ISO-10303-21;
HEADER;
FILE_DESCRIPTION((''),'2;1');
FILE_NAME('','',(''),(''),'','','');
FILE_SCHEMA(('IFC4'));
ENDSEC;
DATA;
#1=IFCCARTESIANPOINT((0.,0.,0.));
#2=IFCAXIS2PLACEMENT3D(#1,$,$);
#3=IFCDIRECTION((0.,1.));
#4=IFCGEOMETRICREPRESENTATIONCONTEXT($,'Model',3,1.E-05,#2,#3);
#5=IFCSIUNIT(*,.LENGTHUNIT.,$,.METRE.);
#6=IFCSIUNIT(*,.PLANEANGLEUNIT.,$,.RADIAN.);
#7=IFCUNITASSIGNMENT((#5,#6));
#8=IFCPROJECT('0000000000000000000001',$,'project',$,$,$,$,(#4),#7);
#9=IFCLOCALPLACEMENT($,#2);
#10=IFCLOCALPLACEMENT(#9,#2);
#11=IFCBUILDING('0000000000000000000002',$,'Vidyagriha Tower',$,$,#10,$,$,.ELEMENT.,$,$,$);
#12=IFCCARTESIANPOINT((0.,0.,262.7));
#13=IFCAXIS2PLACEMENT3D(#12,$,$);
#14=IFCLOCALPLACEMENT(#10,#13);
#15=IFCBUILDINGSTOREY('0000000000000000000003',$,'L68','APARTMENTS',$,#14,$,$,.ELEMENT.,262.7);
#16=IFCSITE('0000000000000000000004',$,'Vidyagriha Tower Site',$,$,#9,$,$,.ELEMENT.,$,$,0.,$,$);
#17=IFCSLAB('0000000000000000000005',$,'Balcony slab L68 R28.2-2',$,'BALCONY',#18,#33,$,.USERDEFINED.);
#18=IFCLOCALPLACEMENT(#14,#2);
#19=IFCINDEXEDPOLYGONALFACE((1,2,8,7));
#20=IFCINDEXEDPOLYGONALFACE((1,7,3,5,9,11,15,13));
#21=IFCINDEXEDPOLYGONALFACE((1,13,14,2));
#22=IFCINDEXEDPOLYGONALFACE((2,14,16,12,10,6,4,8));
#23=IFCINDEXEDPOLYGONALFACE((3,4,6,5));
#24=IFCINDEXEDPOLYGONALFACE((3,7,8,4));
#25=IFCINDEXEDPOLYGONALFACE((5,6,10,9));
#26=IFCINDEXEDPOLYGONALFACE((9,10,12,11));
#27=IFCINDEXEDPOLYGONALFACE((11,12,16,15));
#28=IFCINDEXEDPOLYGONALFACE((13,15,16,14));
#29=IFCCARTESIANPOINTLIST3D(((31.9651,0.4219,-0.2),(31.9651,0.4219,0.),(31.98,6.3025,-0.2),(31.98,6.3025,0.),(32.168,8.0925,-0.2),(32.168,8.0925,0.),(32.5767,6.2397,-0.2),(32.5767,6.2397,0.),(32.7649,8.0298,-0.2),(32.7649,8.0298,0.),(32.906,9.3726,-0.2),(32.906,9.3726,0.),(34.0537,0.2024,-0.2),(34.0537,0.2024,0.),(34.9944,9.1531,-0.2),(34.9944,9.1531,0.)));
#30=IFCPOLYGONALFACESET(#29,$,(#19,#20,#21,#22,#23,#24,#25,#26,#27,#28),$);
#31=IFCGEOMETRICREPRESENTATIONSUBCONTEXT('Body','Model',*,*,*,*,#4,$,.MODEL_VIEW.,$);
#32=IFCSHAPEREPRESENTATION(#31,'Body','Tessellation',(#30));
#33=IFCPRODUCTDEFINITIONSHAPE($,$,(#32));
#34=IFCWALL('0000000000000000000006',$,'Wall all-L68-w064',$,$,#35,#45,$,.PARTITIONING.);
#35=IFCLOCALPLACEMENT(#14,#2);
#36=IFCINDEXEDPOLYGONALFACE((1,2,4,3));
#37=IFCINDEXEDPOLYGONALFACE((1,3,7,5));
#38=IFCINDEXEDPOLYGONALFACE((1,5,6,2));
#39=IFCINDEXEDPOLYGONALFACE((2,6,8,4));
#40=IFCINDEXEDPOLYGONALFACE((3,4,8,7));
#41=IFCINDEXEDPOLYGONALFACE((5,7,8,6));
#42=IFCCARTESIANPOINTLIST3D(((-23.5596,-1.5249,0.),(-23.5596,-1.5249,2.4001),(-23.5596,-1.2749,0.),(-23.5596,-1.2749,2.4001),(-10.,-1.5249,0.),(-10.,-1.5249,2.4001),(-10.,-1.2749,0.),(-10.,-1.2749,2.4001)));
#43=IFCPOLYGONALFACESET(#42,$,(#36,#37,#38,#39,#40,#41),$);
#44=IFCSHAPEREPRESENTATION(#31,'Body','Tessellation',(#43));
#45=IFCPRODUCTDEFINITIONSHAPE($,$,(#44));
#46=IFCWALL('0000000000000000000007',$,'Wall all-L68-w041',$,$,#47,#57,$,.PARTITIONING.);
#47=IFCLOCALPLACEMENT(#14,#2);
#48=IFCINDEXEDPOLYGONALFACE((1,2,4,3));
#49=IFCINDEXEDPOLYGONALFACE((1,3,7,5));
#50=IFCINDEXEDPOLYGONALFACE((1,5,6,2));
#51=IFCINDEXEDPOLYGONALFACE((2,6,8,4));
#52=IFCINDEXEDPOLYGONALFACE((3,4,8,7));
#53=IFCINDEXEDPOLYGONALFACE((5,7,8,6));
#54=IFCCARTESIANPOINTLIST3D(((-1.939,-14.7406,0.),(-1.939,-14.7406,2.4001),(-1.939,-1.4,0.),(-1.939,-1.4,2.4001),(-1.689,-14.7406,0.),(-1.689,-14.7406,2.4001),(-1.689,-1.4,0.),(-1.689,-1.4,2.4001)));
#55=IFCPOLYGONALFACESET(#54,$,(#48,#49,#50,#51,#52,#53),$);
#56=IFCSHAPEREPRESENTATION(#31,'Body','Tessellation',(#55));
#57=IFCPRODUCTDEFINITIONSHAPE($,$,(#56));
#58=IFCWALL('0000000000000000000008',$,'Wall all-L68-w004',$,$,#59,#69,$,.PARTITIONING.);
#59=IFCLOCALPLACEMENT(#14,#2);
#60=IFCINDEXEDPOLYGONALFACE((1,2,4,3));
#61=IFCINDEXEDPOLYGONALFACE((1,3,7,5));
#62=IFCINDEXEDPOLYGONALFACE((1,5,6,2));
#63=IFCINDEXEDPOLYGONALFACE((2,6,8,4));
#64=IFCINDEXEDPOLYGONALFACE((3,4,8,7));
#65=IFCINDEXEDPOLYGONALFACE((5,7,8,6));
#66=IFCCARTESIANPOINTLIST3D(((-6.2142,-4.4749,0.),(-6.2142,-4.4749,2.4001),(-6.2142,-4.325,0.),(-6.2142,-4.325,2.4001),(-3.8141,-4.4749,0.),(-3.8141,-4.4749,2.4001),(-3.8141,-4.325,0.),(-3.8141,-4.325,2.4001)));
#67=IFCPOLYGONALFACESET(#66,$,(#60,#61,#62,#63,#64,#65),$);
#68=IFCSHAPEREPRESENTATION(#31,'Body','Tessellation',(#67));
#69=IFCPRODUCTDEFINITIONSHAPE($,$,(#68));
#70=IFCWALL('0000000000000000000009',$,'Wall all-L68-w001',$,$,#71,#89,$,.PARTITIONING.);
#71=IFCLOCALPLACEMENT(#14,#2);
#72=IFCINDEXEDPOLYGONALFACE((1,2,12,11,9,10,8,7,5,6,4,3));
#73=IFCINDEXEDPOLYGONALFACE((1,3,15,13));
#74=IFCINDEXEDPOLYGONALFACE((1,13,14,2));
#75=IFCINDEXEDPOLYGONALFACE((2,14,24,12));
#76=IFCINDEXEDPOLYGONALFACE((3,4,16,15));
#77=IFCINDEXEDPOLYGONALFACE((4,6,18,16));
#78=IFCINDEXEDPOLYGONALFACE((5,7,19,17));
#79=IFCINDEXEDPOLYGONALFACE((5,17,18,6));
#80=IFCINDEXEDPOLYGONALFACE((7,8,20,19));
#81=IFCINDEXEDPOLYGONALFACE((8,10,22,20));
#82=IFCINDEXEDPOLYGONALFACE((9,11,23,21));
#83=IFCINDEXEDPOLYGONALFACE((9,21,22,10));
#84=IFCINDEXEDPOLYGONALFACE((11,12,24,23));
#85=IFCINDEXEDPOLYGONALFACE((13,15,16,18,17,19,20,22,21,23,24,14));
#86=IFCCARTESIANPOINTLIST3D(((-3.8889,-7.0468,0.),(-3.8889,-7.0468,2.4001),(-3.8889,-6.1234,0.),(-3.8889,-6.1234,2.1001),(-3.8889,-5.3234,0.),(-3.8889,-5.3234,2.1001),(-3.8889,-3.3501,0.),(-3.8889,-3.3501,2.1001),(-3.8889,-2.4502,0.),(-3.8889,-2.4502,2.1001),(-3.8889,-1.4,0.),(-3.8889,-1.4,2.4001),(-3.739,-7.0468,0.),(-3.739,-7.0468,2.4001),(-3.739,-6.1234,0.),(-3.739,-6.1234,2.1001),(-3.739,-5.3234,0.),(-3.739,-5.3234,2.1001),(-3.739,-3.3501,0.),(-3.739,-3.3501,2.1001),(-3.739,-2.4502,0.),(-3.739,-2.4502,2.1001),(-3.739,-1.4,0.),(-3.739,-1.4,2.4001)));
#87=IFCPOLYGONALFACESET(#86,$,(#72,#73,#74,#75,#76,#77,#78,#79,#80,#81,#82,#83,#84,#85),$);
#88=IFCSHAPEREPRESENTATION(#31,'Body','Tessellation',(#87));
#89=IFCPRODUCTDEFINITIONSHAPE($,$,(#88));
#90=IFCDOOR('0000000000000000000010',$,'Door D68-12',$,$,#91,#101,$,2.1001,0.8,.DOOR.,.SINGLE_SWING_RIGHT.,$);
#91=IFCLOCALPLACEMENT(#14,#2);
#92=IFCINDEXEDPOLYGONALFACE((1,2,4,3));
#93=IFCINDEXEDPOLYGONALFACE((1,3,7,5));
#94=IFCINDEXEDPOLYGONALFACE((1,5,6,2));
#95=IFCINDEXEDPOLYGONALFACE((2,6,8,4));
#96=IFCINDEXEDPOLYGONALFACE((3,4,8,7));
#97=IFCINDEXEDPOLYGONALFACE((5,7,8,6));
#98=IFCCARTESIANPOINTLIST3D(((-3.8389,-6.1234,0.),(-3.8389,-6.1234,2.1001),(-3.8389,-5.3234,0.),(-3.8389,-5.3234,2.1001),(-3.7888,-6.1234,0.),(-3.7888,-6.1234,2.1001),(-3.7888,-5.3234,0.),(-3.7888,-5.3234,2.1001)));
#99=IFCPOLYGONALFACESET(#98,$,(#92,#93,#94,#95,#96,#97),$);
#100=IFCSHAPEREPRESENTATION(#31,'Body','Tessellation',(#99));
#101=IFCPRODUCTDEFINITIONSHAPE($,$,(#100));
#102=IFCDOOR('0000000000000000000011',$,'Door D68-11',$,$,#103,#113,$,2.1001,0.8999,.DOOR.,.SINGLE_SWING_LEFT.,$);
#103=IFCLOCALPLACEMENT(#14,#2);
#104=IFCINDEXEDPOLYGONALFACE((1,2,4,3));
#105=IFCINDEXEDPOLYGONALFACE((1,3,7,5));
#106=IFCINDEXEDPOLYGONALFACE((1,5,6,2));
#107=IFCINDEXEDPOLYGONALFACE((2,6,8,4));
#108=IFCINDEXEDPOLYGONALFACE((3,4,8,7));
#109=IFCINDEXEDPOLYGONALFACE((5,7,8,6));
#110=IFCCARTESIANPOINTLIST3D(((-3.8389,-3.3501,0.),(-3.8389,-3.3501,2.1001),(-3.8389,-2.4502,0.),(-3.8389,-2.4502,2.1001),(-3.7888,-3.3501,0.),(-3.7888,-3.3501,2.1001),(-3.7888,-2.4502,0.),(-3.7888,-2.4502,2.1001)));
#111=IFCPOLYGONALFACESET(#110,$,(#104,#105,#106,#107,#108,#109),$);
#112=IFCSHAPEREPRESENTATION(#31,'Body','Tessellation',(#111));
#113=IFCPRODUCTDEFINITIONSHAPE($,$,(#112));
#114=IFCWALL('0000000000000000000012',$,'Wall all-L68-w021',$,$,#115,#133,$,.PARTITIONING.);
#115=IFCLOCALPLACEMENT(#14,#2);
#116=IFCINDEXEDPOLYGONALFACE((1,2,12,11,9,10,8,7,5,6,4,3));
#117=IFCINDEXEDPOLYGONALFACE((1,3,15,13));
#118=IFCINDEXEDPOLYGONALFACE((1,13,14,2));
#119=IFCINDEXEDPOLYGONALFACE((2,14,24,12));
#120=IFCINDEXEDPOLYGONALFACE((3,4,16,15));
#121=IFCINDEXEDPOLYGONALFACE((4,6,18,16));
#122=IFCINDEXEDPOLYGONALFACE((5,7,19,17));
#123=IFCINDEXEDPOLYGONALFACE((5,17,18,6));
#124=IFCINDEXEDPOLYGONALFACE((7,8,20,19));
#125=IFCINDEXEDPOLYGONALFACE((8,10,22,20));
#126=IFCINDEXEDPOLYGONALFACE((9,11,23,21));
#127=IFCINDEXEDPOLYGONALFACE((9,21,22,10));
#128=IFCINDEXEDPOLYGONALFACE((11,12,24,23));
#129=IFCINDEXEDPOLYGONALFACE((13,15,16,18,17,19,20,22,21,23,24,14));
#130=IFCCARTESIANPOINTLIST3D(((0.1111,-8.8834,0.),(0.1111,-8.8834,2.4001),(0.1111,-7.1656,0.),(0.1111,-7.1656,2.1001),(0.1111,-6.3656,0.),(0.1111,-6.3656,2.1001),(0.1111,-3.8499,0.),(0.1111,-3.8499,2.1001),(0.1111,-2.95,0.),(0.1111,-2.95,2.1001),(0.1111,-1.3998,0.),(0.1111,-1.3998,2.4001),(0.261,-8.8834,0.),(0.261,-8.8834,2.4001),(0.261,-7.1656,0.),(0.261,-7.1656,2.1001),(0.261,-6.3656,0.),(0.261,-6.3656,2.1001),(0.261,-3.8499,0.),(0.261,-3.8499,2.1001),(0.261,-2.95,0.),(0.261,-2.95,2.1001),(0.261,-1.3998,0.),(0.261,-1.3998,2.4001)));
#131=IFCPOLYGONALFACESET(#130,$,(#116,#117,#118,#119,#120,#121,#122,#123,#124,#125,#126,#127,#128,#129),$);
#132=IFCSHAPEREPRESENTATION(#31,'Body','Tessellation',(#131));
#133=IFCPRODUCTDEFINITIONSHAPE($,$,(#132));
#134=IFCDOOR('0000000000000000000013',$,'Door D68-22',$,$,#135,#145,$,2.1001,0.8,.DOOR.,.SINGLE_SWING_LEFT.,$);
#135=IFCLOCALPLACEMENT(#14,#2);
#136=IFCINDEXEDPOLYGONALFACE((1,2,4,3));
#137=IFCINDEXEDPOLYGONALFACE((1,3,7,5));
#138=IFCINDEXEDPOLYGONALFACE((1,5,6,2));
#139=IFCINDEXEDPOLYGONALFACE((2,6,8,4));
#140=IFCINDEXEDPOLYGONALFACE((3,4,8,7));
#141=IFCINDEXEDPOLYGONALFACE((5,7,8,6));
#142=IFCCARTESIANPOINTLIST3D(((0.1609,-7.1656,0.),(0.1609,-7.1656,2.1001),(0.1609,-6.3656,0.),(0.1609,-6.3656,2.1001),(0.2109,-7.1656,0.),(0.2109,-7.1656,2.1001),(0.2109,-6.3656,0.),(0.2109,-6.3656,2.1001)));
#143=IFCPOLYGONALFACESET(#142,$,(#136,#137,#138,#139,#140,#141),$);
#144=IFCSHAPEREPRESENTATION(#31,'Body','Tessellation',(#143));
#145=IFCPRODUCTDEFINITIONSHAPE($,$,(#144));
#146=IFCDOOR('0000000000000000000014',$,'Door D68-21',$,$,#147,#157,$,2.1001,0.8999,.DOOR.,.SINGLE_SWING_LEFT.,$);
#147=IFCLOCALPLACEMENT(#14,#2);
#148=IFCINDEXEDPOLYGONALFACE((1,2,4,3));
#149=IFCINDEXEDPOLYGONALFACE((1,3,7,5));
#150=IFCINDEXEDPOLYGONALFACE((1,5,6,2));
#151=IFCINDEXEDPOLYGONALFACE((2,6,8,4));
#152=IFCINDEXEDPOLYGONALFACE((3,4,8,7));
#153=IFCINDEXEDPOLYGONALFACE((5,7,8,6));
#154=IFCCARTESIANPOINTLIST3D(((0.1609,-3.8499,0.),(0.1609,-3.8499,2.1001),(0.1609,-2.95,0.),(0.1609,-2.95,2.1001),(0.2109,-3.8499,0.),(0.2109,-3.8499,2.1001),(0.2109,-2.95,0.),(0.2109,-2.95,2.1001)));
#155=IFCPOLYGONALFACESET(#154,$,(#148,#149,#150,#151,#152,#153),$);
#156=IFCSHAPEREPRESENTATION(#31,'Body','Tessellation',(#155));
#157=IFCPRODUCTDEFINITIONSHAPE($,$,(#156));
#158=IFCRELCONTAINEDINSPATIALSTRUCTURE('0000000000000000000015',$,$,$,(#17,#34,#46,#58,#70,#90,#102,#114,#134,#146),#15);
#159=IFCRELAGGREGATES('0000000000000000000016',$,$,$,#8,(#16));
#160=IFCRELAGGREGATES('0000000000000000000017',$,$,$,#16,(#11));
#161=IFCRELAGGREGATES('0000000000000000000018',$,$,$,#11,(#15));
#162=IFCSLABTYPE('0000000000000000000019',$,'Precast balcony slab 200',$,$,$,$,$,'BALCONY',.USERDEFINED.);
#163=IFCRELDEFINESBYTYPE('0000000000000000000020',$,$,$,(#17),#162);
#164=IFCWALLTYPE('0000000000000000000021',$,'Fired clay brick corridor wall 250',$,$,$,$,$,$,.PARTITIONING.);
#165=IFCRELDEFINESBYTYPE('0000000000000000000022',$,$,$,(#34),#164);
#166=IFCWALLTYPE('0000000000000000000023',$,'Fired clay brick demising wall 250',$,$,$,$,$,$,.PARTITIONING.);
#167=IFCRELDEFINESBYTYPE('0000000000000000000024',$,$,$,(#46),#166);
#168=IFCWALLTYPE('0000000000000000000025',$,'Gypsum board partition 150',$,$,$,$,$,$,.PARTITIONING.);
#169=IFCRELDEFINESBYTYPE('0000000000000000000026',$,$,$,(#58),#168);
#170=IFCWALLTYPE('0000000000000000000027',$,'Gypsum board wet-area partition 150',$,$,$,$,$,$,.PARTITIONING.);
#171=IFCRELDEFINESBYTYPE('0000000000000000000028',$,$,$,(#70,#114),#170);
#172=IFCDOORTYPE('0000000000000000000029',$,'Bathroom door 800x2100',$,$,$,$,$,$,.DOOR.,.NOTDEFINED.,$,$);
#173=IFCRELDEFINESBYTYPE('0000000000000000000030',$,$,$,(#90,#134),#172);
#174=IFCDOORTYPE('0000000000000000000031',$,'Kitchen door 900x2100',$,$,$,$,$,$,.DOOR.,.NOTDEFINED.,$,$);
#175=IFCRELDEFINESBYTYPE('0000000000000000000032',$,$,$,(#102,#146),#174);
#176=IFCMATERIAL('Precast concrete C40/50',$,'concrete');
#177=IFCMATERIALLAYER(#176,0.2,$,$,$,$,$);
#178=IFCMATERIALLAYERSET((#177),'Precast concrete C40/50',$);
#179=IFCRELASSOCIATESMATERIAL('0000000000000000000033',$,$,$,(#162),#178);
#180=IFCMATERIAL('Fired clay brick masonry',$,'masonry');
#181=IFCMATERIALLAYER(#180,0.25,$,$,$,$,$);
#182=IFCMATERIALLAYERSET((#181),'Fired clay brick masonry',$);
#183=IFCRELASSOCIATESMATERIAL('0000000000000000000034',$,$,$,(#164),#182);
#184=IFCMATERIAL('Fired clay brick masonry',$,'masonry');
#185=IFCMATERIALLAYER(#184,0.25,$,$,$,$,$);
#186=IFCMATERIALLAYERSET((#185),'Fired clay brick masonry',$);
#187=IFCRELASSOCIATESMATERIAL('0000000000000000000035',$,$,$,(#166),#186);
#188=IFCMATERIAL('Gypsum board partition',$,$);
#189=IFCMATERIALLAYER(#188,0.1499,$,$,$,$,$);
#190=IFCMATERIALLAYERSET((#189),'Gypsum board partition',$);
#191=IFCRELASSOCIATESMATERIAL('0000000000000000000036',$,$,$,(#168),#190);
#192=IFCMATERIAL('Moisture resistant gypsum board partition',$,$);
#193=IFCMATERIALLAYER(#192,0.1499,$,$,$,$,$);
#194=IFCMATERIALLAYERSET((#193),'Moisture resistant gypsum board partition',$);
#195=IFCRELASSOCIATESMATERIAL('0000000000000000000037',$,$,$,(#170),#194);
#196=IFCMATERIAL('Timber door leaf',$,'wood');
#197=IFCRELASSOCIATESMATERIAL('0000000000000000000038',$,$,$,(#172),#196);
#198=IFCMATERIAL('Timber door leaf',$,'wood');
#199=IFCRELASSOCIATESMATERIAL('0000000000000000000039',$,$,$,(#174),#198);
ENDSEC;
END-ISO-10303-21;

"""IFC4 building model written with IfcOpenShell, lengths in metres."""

from ifc_helpers import new_model, si_unit, direction, frame, frame_2d, origin, place, context, subcontext, project, spatial, polyline, rectangle, outline, extrude, material, layer, layer_set, type_object, element, fill, save


model = new_model("IFC4")

# Units and contexts
model_context = context("Model", 3, precision=1e-05, world=origin(), true_north=direction((0.0, 1.0)))
body_context = subcontext(model_context, "Body", "Model", "MODEL_VIEW")
ifc_project = project(units=[si_unit("LENGTHUNIT", "METRE"), si_unit("PLANEANGLEUNIT", "RADIAN")], contexts=[model_context])

# Site, building, storey
site_placement = place(None, origin())
site = spatial("IfcSite", under=ifc_project, at=site_placement, Name="Vidyagriha Tower Site", CompositionType="ELEMENT", RefElevation=0.0)
building_placement = place(site_placement, origin())
building = spatial("IfcBuilding", under=site, at=building_placement, Name="Vidyagriha Tower", CompositionType="ELEMENT")
storey_placement = place(building_placement, frame((0.0, 0.0, 262.7)))
storey = spatial("IfcBuildingStorey", under=building, at=storey_placement, Name="L68", Description="APARTMENTS", CompositionType="ELEMENT", Elevation=262.7)

# Slab
ifc_material_1 = material(Name="Precast concrete C40/50", Category="concrete")
ifc_layer_1 = layer(ifc_material_1, 0.2)
ifc_layer_set_1 = layer_set([ifc_layer_1], Name="Precast concrete C40/50")
slab_type_1 = type_object("IfcSlabType", Name="Precast balcony slab 200", ElementType="BALCONY", PredefinedType="USERDEFINED", material=ifc_layer_set_1)
slab_1_placement = place(storey_placement, frame((0.0, 0.0, -0.2)))
element("IfcSlab", 1, at=slab_1_placement, inside=storey, type_object=slab_type_1, Name="Balcony slab L68 R28.2-2", ObjectType="BALCONY", PredefinedType="USERDEFINED", context=body_context, shape_type="SweptSolid", body=[
    extrude(outline(polyline([(32.5767, 6.2397), (31.9651, 0.4219), (34.0537, 0.2024), (34.9944, 9.1531), (32.906, 9.3726), (32.7649, 8.0298), (32.168, 8.0925), (31.98, 6.3025), (32.5767, 6.2397)])), origin(), (0.0, 0.0, 1.0), 0.2),
])

# Walls
ifc_material_2 = material(Name="Fired clay brick masonry", Category="masonry")
ifc_layer_2 = layer(ifc_material_2, 0.25)
ifc_layer_set_2 = layer_set([ifc_layer_2], Name="Fired clay brick masonry")
wall_type_1 = type_object("IfcWallType", Name="Fired clay brick corridor wall 250", PredefinedType="PARTITIONING", material=ifc_layer_set_2)
wall_1_placement = place(storey_placement, frame((-10.0, -1.3999, 0.0), z_axis=(0.0, 0.0, 1.0), x_axis=(-1.0, 0.0, 0.0)))
element("IfcWall", 2, at=wall_1_placement, inside=storey, type_object=wall_type_1, Name="Wall all-L68-w064", PredefinedType="PARTITIONING", context=body_context, shape_type="SweptSolid", body=[
    extrude(rectangle(XDim=13.5596, YDim=0.25, at=frame_2d((6.7798, 0.0))), origin(), (0.0, 0.0, 1.0), 2.4001),
])
ifc_material_3 = material(Name="Fired clay brick masonry", Category="masonry")
ifc_layer_3 = layer(ifc_material_3, 0.25)
ifc_layer_set_3 = layer_set([ifc_layer_3], Name="Fired clay brick masonry")
wall_type_2 = type_object("IfcWallType", Name="Fired clay brick demising wall 250", PredefinedType="PARTITIONING", material=ifc_layer_set_3)
wall_2_placement = place(storey_placement, frame((-1.814, -1.3999, 0.0), z_axis=(0.0, 0.0, 1.0), x_axis=(0.0, -1.0, 0.0)))
element("IfcWall", 3, at=wall_2_placement, inside=storey, type_object=wall_type_2, Name="Wall all-L68-w041", PredefinedType="PARTITIONING", context=body_context, shape_type="SweptSolid", body=[
    extrude(rectangle(XDim=13.3406, YDim=0.25, at=frame_2d((6.6704, 0.0))), origin(), (0.0, 0.0, 1.0), 2.4001),
])
ifc_material_4 = material(Name="Gypsum board partition")
ifc_layer_4 = layer(ifc_material_4, 0.1499)
ifc_layer_set_4 = layer_set([ifc_layer_4], Name="Gypsum board partition")
wall_type_3 = type_object("IfcWallType", Name="Gypsum board partition 150", PredefinedType="PARTITIONING", material=ifc_layer_set_4)
wall_3_placement = place(storey_placement, frame((-3.814, -4.3999, 0.0), z_axis=(0.0, 0.0, 1.0), x_axis=(-1.0, 0.0, 0.0)))
element("IfcWall", 4, at=wall_3_placement, inside=storey, type_object=wall_type_3, Name="Wall all-L68-w004", PredefinedType="PARTITIONING", context=body_context, shape_type="SweptSolid", body=[
    extrude(rectangle(XDim=2.4001, YDim=0.1499, at=frame_2d((1.2002, 0.0))), origin(), (0.0, 0.0, 1.0), 2.4001),
])

# Walls, openings, doors
ifc_material_5 = material(Name="Moisture resistant gypsum board partition")
ifc_layer_5 = layer(ifc_material_5, 0.1499)
ifc_layer_set_5 = layer_set([ifc_layer_5], Name="Moisture resistant gypsum board partition")
wall_type_4 = type_object("IfcWallType", Name="Gypsum board wet-area partition 150", PredefinedType="PARTITIONING", material=ifc_layer_set_5)
wall_4_placement = place(storey_placement, frame((-3.814, -7.0466, 0.0), z_axis=(0.0, 0.0, 1.0), x_axis=(0.0, 1.0, 0.0)))
wall_4 = element("IfcWall", 5, at=wall_4_placement, inside=storey, type_object=wall_type_4, Name="Wall all-L68-w001", PredefinedType="PARTITIONING", context=body_context, shape_type="SweptSolid", body=[
    extrude(rectangle(XDim=5.6467, YDim=0.1499, at=frame_2d((2.8232, 0.0))), origin(), (0.0, 0.0, 1.0), 2.4001),
])
opening_1_placement = place(wall_4_placement, frame((3.6965, 0.0, 0.0)))
opening_1 = element("IfcOpeningElement", 6, at=opening_1_placement, cuts=wall_4, PredefinedType="OPENING", context=body_context, shape_type="SweptSolid", body=[
    extrude(rectangle(XDim=0.8999, YDim=2.1001, at=frame_2d((0.45, 1.05))), frame((0.0, 0.085, 0.0), z_axis=(0.0, -1.0, 0.0), x_axis=(1.0, 0.0, 0.0)), (0.0, 0.0, 1.0), 0.1699),
])
opening_2_placement = place(wall_4_placement, frame((0.9233, 0.0, 0.0)))
opening_2 = element("IfcOpeningElement", 7, at=opening_2_placement, cuts=wall_4, PredefinedType="OPENING", context=body_context, shape_type="SweptSolid", body=[
    extrude(rectangle(XDim=0.8, YDim=2.1001, at=frame_2d((0.3999, 1.05))), frame((0.0, 0.085, 0.0), z_axis=(0.0, -1.0, 0.0), x_axis=(1.0, 0.0, 0.0)), (0.0, 0.0, 1.0), 0.1699),
])
ifc_material_6 = material(Name="Timber door leaf", Category="wood")
door_type_1 = type_object("IfcDoorType", Name="Bathroom door 800x2100", OperationType="NOTDEFINED", PredefinedType="DOOR", material=ifc_material_6)
door_1_placement = place(opening_2_placement, origin())
door_1 = element("IfcDoor", 8, at=door_1_placement, inside=storey, type_object=door_type_1, Name="Door D68-12", OperationType="SINGLE_SWING_RIGHT", OverallHeight=2.1001, OverallWidth=0.8, PredefinedType="DOOR", context=body_context, shape_type="SweptSolid", body=[
    extrude(rectangle(XDim=0.8, YDim=2.1001, at=frame_2d((0.3999, 1.05))), frame((0.0, 0.0249, 0.0), z_axis=(0.0, -1.0, 0.0), x_axis=(1.0, 0.0, 0.0)), (0.0, 0.0, 1.0), 0.05),
])
fill(opening_2, door_1)
ifc_material_7 = material(Name="Timber door leaf", Category="wood")
door_type_2 = type_object("IfcDoorType", Name="Kitchen door 900x2100", OperationType="NOTDEFINED", PredefinedType="DOOR", material=ifc_material_7)
door_2_placement = place(opening_1_placement, origin())
door_2 = element("IfcDoor", 9, at=door_2_placement, inside=storey, type_object=door_type_2, Name="Door D68-11", OperationType="SINGLE_SWING_LEFT", OverallHeight=2.1001, OverallWidth=0.8999, PredefinedType="DOOR", context=body_context, shape_type="SweptSolid", body=[
    extrude(rectangle(XDim=0.8999, YDim=2.1001, at=frame_2d((0.45, 1.05))), frame((0.0, 0.0249, 0.0), z_axis=(0.0, -1.0, 0.0), x_axis=(1.0, 0.0, 0.0)), (0.0, 0.0, 1.0), 0.05),
])
fill(opening_1, door_2)
wall_5_placement = place(storey_placement, frame((0.186, -1.3999, 0.0), z_axis=(0.0, 0.0, 1.0), x_axis=(0.0, -1.0, 0.0)))
wall_5 = element("IfcWall", 10, at=wall_5_placement, inside=storey, type_object=wall_type_4, Name="Wall all-L68-w021", PredefinedType="PARTITIONING", context=body_context, shape_type="SweptSolid", body=[
    extrude(rectangle(XDim=7.4836, YDim=0.1499, at=frame_2d((3.7417, 0.0))), origin(), (0.0, 0.0, 1.0), 2.4001),
])
opening_3_placement = place(wall_5_placement, frame((1.55, 0.0, 0.0)))
opening_3 = element("IfcOpeningElement", 11, at=opening_3_placement, cuts=wall_5, PredefinedType="OPENING", context=body_context, shape_type="SweptSolid", body=[
    extrude(rectangle(XDim=0.8999, YDim=2.1001, at=frame_2d((0.45, 1.05))), frame((0.0, 0.085, 0.0), z_axis=(0.0, -1.0, 0.0), x_axis=(1.0, 0.0, 0.0)), (0.0, 0.0, 1.0), 0.1699),
])
opening_4_placement = place(wall_5_placement, frame((4.9658, 0.0, 0.0)))
opening_4 = element("IfcOpeningElement", 12, at=opening_4_placement, cuts=wall_5, PredefinedType="OPENING", context=body_context, shape_type="SweptSolid", body=[
    extrude(rectangle(XDim=0.8, YDim=2.1001, at=frame_2d((0.3999, 1.05))), frame((0.0, 0.085, 0.0), z_axis=(0.0, -1.0, 0.0), x_axis=(1.0, 0.0, 0.0)), (0.0, 0.0, 1.0), 0.1699),
])
door_3_placement = place(opening_4_placement, origin())
door_3 = element("IfcDoor", 13, at=door_3_placement, inside=storey, type_object=door_type_1, Name="Door D68-22", OperationType="SINGLE_SWING_LEFT", OverallHeight=2.1001, OverallWidth=0.8, PredefinedType="DOOR", context=body_context, shape_type="SweptSolid", body=[
    extrude(rectangle(XDim=0.8, YDim=2.1001, at=frame_2d((0.3999, 1.05))), frame((0.0, 0.0249, 0.0), z_axis=(0.0, -1.0, 0.0), x_axis=(1.0, 0.0, 0.0)), (0.0, 0.0, 1.0), 0.05),
])
fill(opening_4, door_3)
door_4_placement = place(opening_3_placement, origin())
door_4 = element("IfcDoor", 14, at=door_4_placement, inside=storey, type_object=door_type_2, Name="Door D68-21", OperationType="SINGLE_SWING_LEFT", OverallHeight=2.1001, OverallWidth=0.8999, PredefinedType="DOOR", context=body_context, shape_type="SweptSolid", body=[
    extrude(rectangle(XDim=0.8999, YDim=2.1001, at=frame_2d((0.45, 1.05))), frame((0.0, 0.0249, 0.0), z_axis=(0.0, -1.0, 0.0), x_axis=(1.0, 0.0, 0.0)), (0.0, 0.0, 1.0), 0.05),
])
fill(opening_3, door_4)

save(model, "model.ifc")
